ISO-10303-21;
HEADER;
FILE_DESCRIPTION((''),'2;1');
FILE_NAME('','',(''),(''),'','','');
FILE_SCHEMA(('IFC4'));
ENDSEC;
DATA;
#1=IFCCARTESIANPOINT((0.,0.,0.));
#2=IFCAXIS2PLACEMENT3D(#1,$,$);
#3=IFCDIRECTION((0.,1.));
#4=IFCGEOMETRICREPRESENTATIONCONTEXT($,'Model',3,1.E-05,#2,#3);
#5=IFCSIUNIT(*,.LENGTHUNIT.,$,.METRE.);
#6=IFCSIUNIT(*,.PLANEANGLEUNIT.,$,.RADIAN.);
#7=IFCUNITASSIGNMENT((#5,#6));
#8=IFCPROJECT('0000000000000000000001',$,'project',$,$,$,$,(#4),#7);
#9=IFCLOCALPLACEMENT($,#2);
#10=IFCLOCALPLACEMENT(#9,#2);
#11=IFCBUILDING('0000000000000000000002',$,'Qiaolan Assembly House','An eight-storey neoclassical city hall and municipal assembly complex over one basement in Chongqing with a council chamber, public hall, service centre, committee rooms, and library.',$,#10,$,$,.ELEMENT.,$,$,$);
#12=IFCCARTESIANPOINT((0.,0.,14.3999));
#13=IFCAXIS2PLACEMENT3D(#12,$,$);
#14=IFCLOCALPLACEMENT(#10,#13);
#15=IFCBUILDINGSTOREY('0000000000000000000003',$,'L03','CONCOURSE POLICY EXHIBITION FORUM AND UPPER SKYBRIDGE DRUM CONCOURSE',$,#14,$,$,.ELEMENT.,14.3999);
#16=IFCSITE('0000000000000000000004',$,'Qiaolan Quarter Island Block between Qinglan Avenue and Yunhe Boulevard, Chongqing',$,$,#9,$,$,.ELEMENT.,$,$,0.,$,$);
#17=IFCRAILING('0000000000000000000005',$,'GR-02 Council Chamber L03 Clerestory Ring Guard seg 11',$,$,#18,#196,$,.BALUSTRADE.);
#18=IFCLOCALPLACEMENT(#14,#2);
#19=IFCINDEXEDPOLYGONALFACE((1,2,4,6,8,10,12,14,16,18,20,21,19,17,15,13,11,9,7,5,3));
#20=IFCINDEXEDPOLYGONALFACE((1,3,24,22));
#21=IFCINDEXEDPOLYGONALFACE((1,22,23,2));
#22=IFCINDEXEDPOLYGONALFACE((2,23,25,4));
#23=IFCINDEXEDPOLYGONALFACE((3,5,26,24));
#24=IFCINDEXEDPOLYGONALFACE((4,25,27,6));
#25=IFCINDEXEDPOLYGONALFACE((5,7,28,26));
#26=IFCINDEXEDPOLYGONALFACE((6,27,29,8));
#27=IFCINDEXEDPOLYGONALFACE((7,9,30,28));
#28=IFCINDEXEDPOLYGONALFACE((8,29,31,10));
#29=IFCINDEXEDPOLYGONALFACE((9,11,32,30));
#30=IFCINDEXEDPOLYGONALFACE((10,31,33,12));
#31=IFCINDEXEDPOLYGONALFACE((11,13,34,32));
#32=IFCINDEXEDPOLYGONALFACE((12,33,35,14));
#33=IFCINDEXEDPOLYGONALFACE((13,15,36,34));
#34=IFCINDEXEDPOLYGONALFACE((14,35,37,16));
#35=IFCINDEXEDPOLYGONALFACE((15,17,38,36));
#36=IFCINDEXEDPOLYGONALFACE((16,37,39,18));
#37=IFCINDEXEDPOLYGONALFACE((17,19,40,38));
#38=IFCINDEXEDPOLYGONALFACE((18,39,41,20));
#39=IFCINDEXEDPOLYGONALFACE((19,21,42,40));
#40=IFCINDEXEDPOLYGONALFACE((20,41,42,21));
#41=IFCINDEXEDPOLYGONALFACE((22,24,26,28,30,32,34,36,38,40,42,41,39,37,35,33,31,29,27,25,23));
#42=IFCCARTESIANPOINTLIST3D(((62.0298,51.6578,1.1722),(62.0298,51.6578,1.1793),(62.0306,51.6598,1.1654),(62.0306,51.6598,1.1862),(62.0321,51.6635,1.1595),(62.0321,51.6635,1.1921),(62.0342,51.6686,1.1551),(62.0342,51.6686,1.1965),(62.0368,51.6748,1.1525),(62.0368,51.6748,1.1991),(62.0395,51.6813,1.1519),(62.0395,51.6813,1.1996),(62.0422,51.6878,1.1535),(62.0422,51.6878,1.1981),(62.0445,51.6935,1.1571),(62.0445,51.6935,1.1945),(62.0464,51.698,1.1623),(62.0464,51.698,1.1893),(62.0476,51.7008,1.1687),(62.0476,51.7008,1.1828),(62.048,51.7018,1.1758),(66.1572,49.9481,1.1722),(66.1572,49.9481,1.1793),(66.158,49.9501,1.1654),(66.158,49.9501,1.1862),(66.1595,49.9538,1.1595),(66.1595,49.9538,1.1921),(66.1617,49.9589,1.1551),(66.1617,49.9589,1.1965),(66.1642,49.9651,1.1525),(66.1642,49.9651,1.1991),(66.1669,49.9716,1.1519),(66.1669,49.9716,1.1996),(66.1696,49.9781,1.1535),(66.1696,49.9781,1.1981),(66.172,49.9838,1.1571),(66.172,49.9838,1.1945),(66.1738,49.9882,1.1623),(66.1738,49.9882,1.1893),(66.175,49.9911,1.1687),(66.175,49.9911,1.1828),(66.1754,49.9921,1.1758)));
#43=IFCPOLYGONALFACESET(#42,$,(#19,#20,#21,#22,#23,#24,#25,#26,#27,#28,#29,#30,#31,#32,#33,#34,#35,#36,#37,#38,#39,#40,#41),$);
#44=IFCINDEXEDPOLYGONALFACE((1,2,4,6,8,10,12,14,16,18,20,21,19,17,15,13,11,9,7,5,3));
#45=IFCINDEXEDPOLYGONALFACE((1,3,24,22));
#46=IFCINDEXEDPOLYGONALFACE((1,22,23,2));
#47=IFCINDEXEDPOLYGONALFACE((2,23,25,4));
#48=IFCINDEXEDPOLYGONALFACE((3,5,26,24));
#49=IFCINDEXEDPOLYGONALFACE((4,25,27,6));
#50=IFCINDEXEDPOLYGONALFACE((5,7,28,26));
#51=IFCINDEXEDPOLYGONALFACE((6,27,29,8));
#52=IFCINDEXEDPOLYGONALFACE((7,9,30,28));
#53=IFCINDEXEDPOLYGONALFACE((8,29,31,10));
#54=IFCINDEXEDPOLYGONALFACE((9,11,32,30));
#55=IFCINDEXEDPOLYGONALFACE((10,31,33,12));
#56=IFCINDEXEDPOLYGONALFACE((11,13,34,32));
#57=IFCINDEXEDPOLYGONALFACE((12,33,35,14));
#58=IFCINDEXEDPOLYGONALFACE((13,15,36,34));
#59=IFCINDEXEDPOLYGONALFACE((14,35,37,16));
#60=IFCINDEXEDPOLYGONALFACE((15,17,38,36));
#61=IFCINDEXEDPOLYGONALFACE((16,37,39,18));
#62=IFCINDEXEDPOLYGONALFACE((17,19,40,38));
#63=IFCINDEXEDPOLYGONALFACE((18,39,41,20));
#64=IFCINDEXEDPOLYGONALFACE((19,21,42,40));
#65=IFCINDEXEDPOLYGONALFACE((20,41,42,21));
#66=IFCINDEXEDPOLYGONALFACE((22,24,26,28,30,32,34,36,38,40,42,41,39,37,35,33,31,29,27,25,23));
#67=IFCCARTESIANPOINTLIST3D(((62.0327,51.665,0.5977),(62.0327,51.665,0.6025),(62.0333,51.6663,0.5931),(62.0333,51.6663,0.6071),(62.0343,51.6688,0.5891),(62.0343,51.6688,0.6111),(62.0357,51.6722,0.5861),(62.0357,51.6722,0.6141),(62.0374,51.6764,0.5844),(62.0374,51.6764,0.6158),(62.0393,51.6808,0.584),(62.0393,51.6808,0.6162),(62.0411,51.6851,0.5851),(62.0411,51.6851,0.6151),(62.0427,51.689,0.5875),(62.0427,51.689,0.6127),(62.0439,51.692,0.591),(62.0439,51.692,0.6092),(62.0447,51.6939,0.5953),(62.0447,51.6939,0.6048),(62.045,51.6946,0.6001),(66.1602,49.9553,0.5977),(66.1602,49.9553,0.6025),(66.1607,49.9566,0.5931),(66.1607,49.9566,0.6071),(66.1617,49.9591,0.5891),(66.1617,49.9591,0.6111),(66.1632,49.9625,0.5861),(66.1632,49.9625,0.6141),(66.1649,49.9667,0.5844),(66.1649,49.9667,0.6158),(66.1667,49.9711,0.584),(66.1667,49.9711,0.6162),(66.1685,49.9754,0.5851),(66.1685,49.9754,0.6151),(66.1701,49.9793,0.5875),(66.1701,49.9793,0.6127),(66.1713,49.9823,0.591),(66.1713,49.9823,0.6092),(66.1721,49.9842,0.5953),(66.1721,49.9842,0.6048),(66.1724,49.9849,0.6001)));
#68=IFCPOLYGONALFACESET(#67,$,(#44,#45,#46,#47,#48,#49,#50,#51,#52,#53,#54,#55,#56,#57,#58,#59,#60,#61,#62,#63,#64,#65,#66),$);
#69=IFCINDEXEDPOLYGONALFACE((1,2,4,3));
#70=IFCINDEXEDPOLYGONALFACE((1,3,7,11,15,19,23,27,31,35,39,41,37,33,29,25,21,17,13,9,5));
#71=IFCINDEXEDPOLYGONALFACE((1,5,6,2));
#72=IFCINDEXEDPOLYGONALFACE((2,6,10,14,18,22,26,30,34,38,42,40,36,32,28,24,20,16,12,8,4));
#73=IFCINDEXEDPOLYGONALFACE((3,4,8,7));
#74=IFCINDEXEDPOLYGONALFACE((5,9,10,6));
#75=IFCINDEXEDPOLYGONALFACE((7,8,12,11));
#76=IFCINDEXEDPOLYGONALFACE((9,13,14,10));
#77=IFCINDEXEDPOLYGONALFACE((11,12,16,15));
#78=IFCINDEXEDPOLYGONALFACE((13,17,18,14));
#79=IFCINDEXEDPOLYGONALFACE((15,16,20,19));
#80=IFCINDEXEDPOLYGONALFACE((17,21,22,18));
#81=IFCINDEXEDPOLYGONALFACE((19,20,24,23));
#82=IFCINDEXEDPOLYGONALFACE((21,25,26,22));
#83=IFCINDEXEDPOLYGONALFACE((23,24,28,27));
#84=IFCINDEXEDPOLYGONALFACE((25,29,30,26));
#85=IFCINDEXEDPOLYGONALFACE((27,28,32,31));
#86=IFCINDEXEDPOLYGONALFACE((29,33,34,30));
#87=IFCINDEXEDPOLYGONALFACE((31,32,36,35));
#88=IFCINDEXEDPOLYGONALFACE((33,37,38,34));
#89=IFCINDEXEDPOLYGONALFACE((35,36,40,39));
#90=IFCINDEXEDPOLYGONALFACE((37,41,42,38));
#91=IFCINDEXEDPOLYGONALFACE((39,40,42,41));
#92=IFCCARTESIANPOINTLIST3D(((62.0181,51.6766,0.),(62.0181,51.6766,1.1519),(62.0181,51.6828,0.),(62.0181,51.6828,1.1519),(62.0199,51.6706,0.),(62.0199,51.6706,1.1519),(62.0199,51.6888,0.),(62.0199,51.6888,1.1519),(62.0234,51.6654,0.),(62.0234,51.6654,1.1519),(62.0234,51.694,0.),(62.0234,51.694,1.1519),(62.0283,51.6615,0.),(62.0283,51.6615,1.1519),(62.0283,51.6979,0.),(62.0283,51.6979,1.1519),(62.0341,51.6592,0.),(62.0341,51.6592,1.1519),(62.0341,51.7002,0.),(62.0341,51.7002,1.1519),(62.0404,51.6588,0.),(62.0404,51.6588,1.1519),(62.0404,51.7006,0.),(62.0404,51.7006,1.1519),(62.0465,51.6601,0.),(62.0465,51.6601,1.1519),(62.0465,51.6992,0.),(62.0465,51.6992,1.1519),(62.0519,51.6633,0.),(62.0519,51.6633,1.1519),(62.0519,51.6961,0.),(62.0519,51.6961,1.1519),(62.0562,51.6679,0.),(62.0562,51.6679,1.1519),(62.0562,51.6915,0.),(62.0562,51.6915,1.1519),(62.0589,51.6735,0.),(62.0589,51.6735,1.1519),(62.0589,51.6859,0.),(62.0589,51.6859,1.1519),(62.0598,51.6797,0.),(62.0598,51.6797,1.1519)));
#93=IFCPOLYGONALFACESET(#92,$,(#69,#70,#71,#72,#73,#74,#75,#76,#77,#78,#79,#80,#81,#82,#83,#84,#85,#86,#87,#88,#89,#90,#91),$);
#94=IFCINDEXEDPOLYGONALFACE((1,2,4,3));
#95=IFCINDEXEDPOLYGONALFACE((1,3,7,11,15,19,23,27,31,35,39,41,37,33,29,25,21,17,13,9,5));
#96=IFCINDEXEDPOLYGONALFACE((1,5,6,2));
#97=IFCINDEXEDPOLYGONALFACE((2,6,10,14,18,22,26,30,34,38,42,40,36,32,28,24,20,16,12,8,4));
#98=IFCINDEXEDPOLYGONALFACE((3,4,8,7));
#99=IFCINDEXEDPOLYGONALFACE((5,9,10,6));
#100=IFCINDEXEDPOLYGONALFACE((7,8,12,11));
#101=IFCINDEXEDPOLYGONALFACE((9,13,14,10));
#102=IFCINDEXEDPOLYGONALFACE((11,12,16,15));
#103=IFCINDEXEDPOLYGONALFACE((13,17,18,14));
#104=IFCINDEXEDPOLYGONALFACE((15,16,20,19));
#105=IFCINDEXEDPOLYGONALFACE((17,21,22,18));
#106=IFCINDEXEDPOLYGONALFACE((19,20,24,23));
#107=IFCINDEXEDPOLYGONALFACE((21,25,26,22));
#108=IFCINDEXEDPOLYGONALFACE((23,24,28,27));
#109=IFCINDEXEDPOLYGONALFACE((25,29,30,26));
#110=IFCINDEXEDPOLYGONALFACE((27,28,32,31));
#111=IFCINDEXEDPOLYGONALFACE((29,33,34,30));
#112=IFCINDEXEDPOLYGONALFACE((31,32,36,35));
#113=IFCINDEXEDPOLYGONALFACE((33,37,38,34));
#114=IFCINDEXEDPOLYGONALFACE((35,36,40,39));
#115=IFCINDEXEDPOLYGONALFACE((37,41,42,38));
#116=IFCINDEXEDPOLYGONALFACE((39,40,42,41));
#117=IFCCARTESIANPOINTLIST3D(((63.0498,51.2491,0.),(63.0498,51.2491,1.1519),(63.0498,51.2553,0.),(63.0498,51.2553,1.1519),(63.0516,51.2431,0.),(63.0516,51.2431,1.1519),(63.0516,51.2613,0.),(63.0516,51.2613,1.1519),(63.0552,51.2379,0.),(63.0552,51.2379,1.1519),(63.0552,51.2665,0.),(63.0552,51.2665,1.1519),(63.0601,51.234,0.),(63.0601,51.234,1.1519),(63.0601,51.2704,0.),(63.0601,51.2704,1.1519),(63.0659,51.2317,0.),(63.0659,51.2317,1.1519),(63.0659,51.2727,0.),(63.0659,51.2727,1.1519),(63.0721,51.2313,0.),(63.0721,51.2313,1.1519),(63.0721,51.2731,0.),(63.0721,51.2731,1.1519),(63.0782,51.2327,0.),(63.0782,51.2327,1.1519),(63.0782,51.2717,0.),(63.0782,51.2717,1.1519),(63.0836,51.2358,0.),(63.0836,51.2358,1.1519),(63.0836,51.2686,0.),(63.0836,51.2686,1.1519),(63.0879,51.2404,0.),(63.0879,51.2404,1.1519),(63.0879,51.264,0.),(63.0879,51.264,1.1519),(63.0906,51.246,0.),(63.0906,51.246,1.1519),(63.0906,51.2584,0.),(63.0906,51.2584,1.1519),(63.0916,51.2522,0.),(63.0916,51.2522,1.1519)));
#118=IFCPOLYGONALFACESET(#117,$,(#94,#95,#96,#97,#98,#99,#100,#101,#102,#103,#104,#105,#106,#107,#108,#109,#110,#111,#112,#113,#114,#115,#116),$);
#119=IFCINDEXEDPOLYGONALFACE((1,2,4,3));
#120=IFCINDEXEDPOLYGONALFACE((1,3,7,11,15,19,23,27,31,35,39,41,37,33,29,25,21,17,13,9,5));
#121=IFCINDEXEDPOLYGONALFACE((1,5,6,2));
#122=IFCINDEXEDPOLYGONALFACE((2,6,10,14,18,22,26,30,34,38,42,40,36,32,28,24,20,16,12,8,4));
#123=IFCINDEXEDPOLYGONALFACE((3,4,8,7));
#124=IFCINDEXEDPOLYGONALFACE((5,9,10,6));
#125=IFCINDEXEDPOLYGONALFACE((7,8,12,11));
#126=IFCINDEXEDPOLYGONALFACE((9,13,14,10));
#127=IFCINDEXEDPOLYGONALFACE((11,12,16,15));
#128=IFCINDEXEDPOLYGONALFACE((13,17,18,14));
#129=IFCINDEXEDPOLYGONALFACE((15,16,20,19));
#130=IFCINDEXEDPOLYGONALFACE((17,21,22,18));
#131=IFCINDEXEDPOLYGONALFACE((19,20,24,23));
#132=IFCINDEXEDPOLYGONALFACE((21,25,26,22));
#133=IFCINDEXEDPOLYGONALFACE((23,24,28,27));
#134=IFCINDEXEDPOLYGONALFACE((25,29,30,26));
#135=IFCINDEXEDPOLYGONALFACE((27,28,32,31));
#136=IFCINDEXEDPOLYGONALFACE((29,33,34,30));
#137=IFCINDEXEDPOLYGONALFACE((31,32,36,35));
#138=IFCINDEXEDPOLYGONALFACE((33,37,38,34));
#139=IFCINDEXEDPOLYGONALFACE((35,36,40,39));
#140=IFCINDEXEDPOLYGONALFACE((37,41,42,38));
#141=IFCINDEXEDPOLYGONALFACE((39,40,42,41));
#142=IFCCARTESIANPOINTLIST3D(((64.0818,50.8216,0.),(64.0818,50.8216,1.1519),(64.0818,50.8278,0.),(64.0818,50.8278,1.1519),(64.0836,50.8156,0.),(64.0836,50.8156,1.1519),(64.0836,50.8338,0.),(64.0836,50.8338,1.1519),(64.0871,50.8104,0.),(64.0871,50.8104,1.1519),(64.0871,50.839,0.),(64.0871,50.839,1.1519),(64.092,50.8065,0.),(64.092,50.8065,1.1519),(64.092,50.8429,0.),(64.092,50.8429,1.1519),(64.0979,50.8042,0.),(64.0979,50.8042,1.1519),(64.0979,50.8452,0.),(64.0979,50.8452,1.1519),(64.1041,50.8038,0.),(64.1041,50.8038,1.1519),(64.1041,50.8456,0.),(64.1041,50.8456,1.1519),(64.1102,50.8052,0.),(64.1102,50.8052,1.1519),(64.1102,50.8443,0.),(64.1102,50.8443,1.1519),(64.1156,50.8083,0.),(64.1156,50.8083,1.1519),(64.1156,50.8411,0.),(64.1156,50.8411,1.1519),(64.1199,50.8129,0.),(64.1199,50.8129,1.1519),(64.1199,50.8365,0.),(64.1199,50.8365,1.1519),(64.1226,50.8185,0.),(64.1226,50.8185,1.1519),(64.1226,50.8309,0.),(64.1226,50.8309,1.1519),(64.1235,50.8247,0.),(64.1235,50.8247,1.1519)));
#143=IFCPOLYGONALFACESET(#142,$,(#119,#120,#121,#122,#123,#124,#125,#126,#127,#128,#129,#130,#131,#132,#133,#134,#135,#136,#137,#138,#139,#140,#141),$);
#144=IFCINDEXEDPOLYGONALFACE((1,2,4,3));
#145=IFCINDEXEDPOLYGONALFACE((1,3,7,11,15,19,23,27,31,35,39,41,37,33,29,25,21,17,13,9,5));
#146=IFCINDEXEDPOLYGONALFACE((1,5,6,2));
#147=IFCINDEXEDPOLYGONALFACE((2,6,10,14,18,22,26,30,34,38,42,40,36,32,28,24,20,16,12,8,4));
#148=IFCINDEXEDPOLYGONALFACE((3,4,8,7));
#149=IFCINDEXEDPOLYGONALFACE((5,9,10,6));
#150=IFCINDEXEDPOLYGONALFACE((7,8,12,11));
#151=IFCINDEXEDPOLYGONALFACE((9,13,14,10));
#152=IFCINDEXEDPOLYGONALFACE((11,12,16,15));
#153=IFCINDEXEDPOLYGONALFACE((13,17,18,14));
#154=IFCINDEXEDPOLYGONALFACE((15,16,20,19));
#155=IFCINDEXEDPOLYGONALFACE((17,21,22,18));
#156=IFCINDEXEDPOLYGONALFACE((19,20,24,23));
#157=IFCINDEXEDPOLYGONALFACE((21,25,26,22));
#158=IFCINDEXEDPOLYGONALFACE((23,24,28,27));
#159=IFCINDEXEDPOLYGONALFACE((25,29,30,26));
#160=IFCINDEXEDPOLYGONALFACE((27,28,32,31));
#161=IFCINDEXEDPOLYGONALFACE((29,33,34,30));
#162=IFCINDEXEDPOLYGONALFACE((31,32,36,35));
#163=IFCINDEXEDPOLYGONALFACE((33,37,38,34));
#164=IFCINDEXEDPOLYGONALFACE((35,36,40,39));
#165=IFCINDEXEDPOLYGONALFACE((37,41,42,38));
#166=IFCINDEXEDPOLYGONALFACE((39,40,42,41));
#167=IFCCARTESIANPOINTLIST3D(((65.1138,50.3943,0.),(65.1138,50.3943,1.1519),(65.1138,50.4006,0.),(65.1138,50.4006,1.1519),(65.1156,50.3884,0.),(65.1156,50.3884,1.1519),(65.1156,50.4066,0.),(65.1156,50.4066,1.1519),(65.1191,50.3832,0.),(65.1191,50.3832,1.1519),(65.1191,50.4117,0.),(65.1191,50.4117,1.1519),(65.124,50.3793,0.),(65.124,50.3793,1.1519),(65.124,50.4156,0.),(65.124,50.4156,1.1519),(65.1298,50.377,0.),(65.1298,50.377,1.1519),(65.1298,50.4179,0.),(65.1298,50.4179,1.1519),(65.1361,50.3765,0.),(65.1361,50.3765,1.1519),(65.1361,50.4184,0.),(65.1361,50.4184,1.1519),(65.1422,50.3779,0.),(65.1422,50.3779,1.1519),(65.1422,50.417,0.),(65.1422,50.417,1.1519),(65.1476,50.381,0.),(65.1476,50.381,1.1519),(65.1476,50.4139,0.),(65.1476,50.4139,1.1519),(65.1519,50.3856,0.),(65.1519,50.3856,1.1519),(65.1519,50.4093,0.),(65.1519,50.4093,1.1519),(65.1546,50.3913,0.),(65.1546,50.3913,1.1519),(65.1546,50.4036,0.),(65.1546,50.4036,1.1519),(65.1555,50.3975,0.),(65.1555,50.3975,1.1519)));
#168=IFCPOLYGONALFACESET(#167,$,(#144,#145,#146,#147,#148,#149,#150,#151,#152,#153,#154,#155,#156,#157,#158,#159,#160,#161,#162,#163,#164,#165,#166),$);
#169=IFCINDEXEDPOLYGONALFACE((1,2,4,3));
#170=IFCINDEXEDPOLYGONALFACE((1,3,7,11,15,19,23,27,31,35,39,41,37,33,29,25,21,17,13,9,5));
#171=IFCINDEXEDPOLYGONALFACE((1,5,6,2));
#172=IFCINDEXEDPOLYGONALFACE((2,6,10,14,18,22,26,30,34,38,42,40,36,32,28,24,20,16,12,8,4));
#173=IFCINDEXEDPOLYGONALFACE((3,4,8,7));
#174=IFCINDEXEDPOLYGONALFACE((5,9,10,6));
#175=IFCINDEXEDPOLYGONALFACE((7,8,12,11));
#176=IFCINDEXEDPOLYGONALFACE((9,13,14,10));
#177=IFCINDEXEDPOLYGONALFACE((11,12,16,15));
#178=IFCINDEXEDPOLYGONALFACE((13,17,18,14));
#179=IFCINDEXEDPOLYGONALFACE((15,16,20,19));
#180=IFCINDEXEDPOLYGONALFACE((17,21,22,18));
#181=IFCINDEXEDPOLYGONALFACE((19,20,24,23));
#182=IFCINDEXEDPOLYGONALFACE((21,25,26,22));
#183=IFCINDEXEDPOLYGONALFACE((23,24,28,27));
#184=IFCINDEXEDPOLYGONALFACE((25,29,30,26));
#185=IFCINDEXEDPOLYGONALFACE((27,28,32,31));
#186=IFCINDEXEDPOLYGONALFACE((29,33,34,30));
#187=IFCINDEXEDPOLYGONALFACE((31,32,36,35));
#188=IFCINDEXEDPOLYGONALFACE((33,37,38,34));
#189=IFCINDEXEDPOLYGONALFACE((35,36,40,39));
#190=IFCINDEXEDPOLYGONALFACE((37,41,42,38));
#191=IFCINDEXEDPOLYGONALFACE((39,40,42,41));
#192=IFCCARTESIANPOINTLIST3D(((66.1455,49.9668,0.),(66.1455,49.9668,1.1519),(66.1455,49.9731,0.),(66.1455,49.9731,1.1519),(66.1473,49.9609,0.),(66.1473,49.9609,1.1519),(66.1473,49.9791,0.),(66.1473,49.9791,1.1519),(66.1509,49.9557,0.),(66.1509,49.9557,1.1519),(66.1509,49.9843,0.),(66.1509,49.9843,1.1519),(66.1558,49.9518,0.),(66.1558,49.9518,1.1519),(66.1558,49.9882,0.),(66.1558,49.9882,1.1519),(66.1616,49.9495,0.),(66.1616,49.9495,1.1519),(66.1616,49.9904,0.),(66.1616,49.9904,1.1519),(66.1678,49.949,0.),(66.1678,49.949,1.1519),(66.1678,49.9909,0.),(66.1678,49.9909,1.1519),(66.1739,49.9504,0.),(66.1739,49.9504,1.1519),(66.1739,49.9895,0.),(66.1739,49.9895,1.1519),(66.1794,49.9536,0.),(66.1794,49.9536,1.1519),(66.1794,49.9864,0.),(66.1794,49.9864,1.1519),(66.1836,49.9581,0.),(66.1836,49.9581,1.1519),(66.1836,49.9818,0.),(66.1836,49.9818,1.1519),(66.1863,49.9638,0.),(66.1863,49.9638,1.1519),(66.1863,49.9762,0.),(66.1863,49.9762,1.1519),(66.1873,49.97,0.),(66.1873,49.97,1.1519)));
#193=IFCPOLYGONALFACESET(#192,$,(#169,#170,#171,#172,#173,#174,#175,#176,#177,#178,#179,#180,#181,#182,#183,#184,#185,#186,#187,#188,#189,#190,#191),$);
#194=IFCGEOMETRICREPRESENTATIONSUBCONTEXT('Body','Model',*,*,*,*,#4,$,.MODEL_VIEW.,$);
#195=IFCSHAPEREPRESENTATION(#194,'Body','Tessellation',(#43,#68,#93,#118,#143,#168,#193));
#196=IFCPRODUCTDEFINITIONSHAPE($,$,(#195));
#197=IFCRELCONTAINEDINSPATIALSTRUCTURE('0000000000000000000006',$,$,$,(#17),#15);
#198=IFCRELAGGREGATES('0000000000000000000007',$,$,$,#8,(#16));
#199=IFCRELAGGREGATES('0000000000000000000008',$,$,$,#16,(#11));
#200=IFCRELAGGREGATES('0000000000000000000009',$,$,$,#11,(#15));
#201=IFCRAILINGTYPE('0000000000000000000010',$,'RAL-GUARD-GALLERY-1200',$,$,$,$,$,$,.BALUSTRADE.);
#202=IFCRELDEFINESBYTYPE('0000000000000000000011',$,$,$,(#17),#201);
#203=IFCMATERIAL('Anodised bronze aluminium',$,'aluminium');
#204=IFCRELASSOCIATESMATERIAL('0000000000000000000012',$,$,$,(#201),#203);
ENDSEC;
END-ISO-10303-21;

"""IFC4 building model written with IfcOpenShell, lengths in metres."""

from ifc_helpers import new_model, si_unit, direction, frame, origin, origin_2d, place, context, subcontext, project, spatial, circle, extrude, material, type_object, element, save


model = new_model("IFC4")

# Units and contexts
model_context = context("Model", 3, precision=1e-05, world=origin(), true_north=direction((0.0, 1.0)))
body_context = subcontext(model_context, "Body", "Model", "MODEL_VIEW")
ifc_project = project(units=[si_unit("LENGTHUNIT", "METRE"), si_unit("PLANEANGLEUNIT", "RADIAN")], contexts=[model_context])

# Site, building, storey
site_placement = place(None, origin())
site = spatial("IfcSite", under=ifc_project, at=site_placement, Name="Qiaolan Quarter Island Block between Qinglan Avenue and Yunhe Boulevard, Chongqing", CompositionType="ELEMENT", RefElevation=0.0)
building_placement = place(site_placement, origin())
building = spatial("IfcBuilding", under=site, at=building_placement, Name="Qiaolan Assembly House", Description="An eight-storey neoclassical city hall and municipal assembly complex over one basement in Chongqing with a council chamber, public hall, service centre, committee rooms, and library.", CompositionType="ELEMENT")
storey_placement = place(building_placement, frame((0.0, 0.0, 14.3999)))
storey = spatial("IfcBuildingStorey", under=building, at=storey_placement, Name="L03", Description="CONCOURSE POLICY EXHIBITION FORUM AND UPPER SKYBRIDGE DRUM CONCOURSE", CompositionType="ELEMENT", Elevation=14.3999)

# Shared definitions
ifc_material_1 = material(Name="Anodised bronze aluminium", Category="aluminium")

# Railing
railing_type = type_object("IfcRailingType", Name="RAL-GUARD-GALLERY-1200", PredefinedType="BALUSTRADE", material=ifc_material_1)
railing_1_placement = place(storey_placement, frame((62.0388, 51.6797, 0.0)))
element("IfcRailing", 1, at=railing_1_placement, inside=storey, type_object=railing_type, Name="GR-02 Council Chamber L03 Clerestory Ring Guard seg 11", PredefinedType="BALUSTRADE", context=body_context, shape_type="SweptSolid", body=[
    extrude(circle(Radius=0.0239, at=origin_2d()), frame((0.0, 0.0, 1.1758), z_axis=(0.923874, -0.382698, 0.0), x_axis=(0.382698, 0.923874, 0.0)), (0.0, 0.0, 1.0), 4.4675),
    extrude(circle(Radius=0.0161, at=origin_2d()), frame((0.0, 0.0, 0.6001), z_axis=(0.923874, -0.382698, 0.0), x_axis=(0.382698, 0.923874, 0.0)), (0.0, 0.0, 1.0), 4.4675),
    extrude(circle(Radius=0.021, at=origin_2d()), origin(), (0.0, 0.0, 1.0), 1.1519),
    extrude(circle(Radius=0.021, at=origin_2d()), frame((1.0317, -0.4275, 0.0)), (0.0, 0.0, 1.0), 1.1519),
    extrude(circle(Radius=0.021, at=origin_2d()), frame((2.0637, -0.855, 0.0)), (0.0, 0.0, 1.0), 1.1519),
    extrude(circle(Radius=0.021, at=origin_2d()), frame((3.0957, -1.2822, 0.0)), (0.0, 0.0, 1.0), 1.1519),
    extrude(circle(Radius=0.021, at=origin_2d()), frame((4.1274, -1.7097, 0.0)), (0.0, 0.0, 1.0), 1.1519),
])

save(model, "model.ifc")
